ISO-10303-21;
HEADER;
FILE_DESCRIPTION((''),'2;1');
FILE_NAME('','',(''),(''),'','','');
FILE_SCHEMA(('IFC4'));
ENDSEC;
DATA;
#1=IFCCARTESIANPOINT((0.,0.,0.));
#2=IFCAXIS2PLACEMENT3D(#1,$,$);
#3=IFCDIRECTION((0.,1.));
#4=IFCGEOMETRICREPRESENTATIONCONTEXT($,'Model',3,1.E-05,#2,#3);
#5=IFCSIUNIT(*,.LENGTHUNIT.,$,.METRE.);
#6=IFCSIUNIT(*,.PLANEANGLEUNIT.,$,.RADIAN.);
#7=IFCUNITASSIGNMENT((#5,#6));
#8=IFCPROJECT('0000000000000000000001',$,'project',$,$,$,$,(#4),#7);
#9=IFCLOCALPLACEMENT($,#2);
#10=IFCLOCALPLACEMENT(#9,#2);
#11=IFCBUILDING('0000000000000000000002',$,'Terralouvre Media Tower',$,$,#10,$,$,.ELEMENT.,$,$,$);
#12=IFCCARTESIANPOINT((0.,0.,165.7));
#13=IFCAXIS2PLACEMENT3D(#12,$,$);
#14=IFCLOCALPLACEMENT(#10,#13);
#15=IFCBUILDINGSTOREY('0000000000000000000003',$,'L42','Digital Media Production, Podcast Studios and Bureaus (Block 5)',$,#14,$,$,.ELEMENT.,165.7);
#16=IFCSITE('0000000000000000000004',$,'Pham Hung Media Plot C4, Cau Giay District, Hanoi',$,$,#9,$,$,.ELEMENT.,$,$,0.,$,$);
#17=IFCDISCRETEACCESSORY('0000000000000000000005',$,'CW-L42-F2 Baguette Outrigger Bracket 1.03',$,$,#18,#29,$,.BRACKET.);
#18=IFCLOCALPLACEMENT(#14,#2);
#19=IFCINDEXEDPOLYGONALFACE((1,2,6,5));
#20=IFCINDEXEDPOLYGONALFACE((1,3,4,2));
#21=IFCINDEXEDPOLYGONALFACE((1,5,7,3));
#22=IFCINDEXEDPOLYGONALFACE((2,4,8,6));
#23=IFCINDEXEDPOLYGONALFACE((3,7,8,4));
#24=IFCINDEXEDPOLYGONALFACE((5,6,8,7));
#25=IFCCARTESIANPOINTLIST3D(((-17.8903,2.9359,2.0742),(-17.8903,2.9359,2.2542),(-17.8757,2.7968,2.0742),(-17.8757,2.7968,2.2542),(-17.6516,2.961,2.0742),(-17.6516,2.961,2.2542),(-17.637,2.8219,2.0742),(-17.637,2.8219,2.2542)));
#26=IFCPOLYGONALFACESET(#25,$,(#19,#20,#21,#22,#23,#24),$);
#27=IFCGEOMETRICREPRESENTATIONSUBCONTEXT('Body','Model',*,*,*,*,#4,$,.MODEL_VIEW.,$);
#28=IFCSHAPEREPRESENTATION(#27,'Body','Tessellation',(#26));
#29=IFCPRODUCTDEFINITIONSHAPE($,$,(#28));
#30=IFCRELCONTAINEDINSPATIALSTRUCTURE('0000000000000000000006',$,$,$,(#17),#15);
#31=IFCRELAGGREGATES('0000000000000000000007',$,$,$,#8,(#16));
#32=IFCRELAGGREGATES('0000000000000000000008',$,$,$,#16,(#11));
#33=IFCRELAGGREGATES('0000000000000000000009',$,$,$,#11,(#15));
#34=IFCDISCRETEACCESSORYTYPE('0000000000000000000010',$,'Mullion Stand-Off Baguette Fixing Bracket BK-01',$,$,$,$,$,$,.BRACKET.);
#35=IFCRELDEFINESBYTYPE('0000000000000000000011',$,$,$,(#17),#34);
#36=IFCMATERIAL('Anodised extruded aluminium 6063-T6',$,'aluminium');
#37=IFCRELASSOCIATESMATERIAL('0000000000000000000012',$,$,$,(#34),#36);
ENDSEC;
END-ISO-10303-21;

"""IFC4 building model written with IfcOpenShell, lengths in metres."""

from ifc_helpers import new_model, si_unit, direction, frame, origin, origin_2d, place, context, subcontext, project, spatial, rectangle, extrude, material, type_object, element, save


model = new_model("IFC4")

# Units and contexts
model_context = context("Model", 3, precision=1e-05, world=origin(), true_north=direction((0.0, 1.0)))
body_context = subcontext(model_context, "Body", "Model", "MODEL_VIEW")
ifc_project = project(units=[si_unit("LENGTHUNIT", "METRE"), si_unit("PLANEANGLEUNIT", "RADIAN")], contexts=[model_context])

# Site, building, storey
site_placement = place(None, origin())
site = spatial("IfcSite", under=ifc_project, at=site_placement, Name="Pham Hung Media Plot C4, Cau Giay District, Hanoi", CompositionType="ELEMENT", RefElevation=0.0)
building_placement = place(site_placement, origin())
building = spatial("IfcBuilding", under=site, at=building_placement, Name="Terralouvre Media Tower", CompositionType="ELEMENT")
storey_placement = place(building_placement, frame((0.0, 0.0, 165.7)))
storey = spatial("IfcBuildingStorey", under=building, at=storey_placement, Name="L42", Description="Digital Media Production, Podcast Studios and Bureaus (Block 5)", CompositionType="ELEMENT", Elevation=165.7)

# Discrete accessory
ifc_material_1 = material(Name="Anodised extruded aluminium 6063-T6", Category="aluminium")
discrete_accessory_type = type_object("IfcDiscreteAccessoryType", Name="Mullion Stand-Off Baguette Fixing Bracket BK-01", PredefinedType="BRACKET", material=ifc_material_1)
discrete_accessory_placement = place(storey_placement, frame((-17.7637, 2.8789, 2.0742), z_axis=(0.0, 0.0, 1.0), x_axis=(0.104528, -0.994522, 0.0)))
element("IfcDiscreteAccessory", 1, at=discrete_accessory_placement, inside=storey, type_object=discrete_accessory_type, Name="CW-L42-F2 Baguette Outrigger Bracket 1.03", PredefinedType="BRACKET", context=body_context, shape_type="SweptSolid", body=[
    extrude(rectangle(XDim=0.1399, YDim=0.24, at=origin_2d()), origin(), (0.0, 0.0, 1.0), 0.1799),
])

save(model, "model.ifc")
